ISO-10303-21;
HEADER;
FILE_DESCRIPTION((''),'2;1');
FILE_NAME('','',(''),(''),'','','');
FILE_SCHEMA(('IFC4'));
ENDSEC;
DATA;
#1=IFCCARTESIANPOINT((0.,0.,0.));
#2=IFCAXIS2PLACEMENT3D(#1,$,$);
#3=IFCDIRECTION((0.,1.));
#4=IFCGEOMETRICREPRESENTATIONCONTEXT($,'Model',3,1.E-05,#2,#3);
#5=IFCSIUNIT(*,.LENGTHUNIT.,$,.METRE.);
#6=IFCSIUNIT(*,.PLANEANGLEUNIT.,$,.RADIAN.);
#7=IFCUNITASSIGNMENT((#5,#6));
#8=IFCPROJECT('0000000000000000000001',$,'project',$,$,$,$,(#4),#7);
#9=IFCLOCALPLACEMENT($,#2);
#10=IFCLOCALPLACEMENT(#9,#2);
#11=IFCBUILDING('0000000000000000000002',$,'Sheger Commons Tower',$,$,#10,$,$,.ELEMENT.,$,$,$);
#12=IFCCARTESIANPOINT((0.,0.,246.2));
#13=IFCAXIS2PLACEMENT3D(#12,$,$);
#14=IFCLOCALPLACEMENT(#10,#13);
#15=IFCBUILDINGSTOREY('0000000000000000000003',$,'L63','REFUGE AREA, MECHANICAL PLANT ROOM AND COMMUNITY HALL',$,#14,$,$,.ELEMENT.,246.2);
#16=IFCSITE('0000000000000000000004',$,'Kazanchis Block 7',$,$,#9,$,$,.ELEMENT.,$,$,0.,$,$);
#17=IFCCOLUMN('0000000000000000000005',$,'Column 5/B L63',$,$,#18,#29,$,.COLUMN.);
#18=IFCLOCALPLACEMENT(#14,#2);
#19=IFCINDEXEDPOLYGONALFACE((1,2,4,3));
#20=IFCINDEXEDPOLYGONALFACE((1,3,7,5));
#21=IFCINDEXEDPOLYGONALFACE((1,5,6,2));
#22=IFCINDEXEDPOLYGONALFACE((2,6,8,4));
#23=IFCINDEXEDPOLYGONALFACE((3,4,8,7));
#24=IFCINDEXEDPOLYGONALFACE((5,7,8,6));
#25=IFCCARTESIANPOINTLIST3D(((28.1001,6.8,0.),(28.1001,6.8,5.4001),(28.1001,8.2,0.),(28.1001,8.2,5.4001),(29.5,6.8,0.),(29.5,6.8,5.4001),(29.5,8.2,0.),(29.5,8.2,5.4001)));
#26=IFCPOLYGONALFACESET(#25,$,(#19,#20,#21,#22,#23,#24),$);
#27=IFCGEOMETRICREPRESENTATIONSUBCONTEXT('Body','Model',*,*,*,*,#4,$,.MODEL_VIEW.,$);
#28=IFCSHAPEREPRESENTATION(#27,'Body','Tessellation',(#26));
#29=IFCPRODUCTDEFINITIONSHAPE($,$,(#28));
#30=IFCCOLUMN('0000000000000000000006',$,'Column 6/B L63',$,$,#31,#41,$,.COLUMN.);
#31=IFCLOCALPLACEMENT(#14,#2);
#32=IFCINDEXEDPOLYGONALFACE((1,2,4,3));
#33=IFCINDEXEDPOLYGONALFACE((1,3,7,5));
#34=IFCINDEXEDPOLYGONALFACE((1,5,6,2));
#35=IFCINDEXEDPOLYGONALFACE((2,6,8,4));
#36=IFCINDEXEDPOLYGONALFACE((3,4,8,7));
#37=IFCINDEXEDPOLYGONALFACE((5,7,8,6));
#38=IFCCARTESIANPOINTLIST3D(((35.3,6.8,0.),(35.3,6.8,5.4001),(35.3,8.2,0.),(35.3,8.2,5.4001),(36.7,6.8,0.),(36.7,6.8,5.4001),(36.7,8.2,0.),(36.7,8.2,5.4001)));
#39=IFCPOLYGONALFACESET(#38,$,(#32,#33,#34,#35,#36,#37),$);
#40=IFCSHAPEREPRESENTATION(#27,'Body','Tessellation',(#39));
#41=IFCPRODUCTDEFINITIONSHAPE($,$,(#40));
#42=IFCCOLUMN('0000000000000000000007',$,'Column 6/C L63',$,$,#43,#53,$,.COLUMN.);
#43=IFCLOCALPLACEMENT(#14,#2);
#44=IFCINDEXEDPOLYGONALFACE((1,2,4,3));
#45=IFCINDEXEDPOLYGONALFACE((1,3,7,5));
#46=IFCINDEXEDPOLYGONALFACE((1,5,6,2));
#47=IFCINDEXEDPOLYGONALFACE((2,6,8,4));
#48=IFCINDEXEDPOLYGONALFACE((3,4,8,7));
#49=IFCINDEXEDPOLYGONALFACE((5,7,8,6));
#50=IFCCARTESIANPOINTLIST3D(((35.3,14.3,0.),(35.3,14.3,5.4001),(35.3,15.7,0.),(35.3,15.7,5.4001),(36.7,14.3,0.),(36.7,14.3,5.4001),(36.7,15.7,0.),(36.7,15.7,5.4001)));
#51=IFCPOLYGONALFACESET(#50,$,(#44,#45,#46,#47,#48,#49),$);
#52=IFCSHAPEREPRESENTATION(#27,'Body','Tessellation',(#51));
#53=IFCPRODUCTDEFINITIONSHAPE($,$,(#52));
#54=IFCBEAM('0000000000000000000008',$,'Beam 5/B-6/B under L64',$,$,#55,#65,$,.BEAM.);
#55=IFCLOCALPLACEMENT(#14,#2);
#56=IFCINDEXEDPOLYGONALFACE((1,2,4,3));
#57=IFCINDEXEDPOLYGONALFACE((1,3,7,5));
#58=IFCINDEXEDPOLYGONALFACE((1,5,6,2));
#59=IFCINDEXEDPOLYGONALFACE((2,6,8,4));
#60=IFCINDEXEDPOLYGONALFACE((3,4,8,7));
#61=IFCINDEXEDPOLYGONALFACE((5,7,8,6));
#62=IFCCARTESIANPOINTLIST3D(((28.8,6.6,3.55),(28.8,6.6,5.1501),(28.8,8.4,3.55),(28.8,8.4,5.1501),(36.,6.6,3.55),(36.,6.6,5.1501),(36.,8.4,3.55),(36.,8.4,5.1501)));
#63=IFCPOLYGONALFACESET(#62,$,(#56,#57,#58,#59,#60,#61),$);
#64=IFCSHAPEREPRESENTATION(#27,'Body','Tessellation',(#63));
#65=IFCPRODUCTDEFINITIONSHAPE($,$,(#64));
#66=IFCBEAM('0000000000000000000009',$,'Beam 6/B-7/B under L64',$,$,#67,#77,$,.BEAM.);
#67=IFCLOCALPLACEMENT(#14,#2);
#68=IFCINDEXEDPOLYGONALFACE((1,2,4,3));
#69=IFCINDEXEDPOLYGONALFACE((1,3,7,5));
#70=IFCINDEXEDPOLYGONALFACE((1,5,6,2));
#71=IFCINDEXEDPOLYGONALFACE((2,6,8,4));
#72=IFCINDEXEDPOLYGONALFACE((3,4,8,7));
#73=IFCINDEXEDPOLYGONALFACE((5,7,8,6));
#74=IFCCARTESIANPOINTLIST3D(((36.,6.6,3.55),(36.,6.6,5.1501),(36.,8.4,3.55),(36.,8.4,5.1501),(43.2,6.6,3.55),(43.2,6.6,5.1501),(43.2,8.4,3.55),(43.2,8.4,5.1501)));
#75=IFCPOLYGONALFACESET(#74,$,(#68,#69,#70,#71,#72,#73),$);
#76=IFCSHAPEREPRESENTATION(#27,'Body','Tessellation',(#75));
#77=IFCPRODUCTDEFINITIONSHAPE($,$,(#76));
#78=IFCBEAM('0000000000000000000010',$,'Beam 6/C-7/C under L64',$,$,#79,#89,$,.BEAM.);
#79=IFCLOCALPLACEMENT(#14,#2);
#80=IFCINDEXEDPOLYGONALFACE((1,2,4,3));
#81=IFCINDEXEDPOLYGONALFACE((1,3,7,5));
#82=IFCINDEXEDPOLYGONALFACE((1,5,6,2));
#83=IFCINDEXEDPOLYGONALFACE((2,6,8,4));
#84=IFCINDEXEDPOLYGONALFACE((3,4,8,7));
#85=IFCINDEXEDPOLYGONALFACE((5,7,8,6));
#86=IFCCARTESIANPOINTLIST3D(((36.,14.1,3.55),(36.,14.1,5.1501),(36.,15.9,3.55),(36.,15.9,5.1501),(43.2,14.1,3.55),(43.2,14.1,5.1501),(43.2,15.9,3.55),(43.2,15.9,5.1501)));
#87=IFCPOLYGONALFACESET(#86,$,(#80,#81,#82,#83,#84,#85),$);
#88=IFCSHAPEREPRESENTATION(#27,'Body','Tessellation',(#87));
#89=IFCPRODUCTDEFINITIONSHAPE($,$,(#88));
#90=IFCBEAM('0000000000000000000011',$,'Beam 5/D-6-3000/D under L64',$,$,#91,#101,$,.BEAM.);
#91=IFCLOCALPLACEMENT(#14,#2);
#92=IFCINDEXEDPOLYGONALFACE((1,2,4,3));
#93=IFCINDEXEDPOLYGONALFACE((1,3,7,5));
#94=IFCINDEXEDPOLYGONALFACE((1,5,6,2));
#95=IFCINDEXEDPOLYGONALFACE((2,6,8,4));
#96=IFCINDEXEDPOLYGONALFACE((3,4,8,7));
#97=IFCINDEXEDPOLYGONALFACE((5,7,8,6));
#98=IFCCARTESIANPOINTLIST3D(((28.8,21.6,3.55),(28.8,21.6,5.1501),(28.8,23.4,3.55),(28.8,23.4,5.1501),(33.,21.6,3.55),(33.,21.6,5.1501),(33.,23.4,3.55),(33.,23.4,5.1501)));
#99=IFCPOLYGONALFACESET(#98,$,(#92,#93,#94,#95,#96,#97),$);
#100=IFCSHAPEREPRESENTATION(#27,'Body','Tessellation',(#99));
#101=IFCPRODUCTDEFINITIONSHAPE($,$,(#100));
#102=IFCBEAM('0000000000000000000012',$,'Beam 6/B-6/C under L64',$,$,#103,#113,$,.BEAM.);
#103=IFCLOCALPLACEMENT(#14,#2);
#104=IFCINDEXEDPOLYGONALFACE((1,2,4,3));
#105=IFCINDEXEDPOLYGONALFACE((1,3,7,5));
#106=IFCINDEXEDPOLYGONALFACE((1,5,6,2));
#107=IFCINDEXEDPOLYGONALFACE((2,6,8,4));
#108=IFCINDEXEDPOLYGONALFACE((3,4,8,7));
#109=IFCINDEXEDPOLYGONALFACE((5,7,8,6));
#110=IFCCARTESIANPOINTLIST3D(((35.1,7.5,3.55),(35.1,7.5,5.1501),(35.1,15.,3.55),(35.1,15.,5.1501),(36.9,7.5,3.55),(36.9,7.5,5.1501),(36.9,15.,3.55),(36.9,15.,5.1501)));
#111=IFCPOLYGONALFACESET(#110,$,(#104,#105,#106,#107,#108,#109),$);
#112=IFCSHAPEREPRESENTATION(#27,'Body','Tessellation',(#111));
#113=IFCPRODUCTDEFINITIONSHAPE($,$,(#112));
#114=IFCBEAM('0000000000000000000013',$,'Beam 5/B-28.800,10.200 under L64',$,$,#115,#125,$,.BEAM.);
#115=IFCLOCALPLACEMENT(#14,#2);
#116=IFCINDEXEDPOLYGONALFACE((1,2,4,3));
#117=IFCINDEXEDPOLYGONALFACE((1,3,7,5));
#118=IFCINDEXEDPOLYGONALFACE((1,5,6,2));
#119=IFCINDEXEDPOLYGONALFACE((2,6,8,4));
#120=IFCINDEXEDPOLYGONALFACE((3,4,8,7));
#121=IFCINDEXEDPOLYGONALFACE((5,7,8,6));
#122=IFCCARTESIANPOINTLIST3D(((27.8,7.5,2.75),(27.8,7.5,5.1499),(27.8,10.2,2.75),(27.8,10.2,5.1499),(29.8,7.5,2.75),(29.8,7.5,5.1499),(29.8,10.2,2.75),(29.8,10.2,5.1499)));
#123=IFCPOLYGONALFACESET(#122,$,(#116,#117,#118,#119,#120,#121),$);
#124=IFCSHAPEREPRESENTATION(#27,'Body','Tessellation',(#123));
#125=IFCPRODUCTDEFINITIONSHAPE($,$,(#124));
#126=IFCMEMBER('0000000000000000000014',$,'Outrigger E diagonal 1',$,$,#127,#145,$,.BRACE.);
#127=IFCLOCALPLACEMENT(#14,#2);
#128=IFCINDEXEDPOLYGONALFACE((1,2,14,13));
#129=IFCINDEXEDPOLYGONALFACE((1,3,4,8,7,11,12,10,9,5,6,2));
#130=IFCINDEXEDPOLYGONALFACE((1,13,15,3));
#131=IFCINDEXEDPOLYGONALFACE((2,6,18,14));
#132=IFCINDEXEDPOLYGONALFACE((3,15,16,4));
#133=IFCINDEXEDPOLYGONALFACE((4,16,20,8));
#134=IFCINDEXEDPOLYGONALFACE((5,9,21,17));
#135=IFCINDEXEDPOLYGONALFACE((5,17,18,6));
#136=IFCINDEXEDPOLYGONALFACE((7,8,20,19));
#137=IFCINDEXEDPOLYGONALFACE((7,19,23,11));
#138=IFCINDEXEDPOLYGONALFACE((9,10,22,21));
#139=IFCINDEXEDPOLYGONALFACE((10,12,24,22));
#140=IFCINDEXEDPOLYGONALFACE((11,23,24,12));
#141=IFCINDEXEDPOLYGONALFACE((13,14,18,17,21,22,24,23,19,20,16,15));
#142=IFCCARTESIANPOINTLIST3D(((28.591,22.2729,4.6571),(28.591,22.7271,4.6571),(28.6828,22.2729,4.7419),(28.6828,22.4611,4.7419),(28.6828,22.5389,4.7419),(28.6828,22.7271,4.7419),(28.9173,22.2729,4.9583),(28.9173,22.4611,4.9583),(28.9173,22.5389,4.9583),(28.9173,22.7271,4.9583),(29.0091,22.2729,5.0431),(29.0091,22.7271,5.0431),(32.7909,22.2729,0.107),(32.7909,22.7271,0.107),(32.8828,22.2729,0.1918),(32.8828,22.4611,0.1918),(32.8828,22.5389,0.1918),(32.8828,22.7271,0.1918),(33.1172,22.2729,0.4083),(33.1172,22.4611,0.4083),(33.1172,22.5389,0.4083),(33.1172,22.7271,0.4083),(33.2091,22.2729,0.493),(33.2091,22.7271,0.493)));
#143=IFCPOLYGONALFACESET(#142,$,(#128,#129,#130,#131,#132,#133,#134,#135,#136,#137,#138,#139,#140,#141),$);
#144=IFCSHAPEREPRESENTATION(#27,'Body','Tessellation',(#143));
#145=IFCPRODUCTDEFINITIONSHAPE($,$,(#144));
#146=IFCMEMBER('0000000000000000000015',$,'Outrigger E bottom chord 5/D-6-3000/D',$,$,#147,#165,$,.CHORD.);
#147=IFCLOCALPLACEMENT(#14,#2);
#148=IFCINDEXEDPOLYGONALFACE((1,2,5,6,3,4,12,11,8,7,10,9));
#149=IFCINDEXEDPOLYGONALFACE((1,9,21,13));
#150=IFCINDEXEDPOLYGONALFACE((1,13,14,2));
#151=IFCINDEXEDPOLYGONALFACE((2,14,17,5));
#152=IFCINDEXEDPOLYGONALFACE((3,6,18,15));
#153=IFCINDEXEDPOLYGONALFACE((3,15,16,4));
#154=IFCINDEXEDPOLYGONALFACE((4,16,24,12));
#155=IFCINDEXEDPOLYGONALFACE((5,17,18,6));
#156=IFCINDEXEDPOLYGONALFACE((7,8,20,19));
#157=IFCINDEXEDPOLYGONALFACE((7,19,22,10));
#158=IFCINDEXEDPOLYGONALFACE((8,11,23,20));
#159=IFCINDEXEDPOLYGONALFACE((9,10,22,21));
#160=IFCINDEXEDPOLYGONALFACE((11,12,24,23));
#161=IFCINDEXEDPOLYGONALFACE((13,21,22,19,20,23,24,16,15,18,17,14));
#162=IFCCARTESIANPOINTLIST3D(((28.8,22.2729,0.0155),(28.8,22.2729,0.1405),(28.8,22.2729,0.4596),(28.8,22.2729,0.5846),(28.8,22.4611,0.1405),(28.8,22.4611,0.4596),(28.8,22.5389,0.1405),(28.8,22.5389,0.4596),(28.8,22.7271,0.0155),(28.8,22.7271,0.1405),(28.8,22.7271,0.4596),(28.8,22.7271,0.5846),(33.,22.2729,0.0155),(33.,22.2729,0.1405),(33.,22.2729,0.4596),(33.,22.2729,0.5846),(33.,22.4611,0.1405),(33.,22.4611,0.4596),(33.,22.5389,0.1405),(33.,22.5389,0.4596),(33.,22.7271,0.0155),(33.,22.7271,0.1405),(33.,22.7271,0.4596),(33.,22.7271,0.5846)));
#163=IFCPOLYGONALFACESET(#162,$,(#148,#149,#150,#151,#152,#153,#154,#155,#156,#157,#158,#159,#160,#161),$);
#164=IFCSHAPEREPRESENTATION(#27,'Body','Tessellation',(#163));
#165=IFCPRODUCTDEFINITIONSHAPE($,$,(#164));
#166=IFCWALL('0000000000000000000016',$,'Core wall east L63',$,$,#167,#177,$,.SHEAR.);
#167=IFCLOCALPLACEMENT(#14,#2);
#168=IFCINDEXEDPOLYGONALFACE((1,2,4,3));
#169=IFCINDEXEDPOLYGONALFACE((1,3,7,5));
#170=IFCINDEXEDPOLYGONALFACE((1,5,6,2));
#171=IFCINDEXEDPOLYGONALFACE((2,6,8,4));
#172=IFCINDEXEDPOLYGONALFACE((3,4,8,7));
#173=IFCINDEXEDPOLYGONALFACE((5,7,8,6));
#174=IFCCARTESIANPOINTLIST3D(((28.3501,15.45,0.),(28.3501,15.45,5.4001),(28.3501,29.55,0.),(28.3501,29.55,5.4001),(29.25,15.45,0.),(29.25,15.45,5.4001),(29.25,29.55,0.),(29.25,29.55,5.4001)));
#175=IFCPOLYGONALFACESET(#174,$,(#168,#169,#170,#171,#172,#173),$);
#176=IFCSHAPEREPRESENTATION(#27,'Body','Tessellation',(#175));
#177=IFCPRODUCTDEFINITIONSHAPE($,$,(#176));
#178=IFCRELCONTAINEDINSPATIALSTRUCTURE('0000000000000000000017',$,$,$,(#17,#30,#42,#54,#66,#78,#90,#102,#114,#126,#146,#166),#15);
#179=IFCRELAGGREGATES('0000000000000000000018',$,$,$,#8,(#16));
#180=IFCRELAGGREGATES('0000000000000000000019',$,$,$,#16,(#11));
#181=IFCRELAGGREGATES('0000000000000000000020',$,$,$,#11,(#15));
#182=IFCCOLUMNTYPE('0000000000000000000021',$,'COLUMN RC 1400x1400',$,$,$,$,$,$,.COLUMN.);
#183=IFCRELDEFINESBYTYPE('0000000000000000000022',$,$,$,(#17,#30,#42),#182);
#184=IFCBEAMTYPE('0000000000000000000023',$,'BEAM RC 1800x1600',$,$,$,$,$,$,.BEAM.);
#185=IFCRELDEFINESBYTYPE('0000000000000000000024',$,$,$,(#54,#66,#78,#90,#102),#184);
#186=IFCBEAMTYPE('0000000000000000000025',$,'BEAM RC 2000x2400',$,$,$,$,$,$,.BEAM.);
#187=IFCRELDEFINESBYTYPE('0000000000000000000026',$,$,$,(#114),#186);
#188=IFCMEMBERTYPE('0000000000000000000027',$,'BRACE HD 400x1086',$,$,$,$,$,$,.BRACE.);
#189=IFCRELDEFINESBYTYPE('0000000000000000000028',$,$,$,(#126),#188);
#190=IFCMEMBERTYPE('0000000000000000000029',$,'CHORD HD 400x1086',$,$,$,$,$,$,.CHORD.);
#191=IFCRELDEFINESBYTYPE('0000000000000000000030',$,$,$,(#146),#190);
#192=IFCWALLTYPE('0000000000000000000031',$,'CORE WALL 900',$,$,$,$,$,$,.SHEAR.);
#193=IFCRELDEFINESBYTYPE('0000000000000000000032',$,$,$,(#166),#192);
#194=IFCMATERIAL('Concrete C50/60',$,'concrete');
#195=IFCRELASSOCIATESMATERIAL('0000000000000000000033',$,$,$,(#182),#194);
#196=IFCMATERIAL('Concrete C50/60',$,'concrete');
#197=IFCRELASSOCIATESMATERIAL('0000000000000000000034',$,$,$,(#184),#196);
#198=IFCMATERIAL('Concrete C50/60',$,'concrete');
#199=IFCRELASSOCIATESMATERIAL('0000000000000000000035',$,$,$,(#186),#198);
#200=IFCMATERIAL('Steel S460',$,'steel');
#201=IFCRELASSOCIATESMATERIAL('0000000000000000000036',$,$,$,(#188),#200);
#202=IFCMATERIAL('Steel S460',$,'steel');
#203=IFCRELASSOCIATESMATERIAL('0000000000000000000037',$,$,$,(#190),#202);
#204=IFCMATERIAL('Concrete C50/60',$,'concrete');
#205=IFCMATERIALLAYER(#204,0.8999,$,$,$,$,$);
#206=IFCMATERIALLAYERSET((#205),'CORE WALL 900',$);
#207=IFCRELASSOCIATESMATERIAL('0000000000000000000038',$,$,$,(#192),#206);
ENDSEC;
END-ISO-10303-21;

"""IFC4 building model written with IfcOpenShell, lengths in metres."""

from ifc_helpers import new_model, si_unit, direction, frame, frame_2d, origin, origin_2d, place, context, subcontext, project, spatial, rectangle, i_section, extrude, material, layer, layer_set, material_profile, profile_set, type_object, element, save


model = new_model("IFC4")

# Units and contexts
model_context = context("Model", 3, precision=1e-05, world=origin(), true_north=direction((0.0, 1.0)))
body_context = subcontext(model_context, "Body", "Model", "MODEL_VIEW")
ifc_project = project(units=[si_unit("LENGTHUNIT", "METRE"), si_unit("PLANEANGLEUNIT", "RADIAN")], contexts=[model_context])

# Site, building, storey
site_placement = place(None, origin())
site = spatial("IfcSite", under=ifc_project, at=site_placement, Name="Kazanchis Block 7", CompositionType="ELEMENT", RefElevation=0.0)
building_placement = place(site_placement, origin())
building = spatial("IfcBuilding", under=site, at=building_placement, Name="Sheger Commons Tower", CompositionType="ELEMENT")
storey_placement = place(building_placement, frame((0.0, 0.0, 246.2)))
storey = spatial("IfcBuildingStorey", under=building, at=storey_placement, Name="L63", Description="REFUGE AREA, MECHANICAL PLANT ROOM AND COMMUNITY HALL", CompositionType="ELEMENT", Elevation=246.2)

# Columns
ifc_material_1 = material(Name="Concrete C50/60", Category="concrete")
ifc_material_profile_1 = material_profile(ifc_material_1, rectangle(XDim=1.3999, YDim=1.3999, at=origin_2d()), Name="RC 1400x1400")
ifc_profile_set_1 = profile_set([ifc_material_profile_1], Name="Concrete C50/60")
column_type = type_object("IfcColumnType", Name="COLUMN RC 1400x1400", PredefinedType="COLUMN", material=ifc_profile_set_1)
for number, where, z_axis, x_axis, name in (
    (1, (28.8, 7.5, 0.0), (0.0, 0.0, 1.0), (1.0, 0.0, 0.0), "Column 5/B L63"),
    (2, (36.0, 7.5, 0.0), (0.0, 0.0, 1.0), (1.0, 0.0, 0.0), "Column 6/B L63"),
    (3, (36.0, 15.0, 0.0), (0.0, 0.0, 1.0), (1.0, 0.0, 0.0), "Column 6/C L63"),
):
    element("IfcColumn", number, at=place(storey_placement, frame(where, z_axis=z_axis, x_axis=x_axis)), inside=storey, type_object=column_type, Name=name, PredefinedType="COLUMN", context=body_context, shape_type="SweptSolid", body=[
        extrude(rectangle(XDim=1.3999, YDim=1.3999, at=origin_2d()), origin(), (0.0, 0.0, 1.0), 5.4001),
    ])

# Beams
ifc_material_2 = material(Name="Concrete C50/60", Category="concrete")
ifc_material_profile_2 = material_profile(ifc_material_2, rectangle(XDim=1.8, YDim=1.6001, at=origin_2d()), Name="RC 1800x1600")
ifc_profile_set_2 = profile_set([ifc_material_profile_2], Name="Concrete C50/60")
beam_type_1 = type_object("IfcBeamType", Name="BEAM RC 1800x1600", PredefinedType="BEAM", material=ifc_profile_set_2)
for number, where, z_axis, x_axis, name in (
    (4, (28.8, 7.5, 4.3501), (1.0, 0.0, 0.0), (0.0, 1.0, 0.0), "Beam 5/B-6/B under L64"),
    (5, (36.0, 7.5, 4.3501), (1.0, 0.0, 0.0), (0.0, 1.0, 0.0), "Beam 6/B-7/B under L64"),
    (6, (36.0, 15.0, 4.3501), (1.0, 0.0, 0.0), (0.0, 1.0, 0.0), "Beam 6/C-7/C under L64"),
):
    element("IfcBeam", number, at=place(storey_placement, frame(where, z_axis=z_axis, x_axis=x_axis)), inside=storey, type_object=beam_type_1, Name=name, PredefinedType="BEAM", context=body_context, shape_type="SweptSolid", body=[
        extrude(rectangle(XDim=1.8, YDim=1.6001, at=origin_2d()), origin(), (0.0, 0.0, 1.0), 7.2),
    ])
beam_1_placement = place(storey_placement, frame((28.8, 22.5, 4.3501), z_axis=(1.0, 0.0, 0.0), x_axis=(0.0, 1.0, 0.0)))
element("IfcBeam", 7, at=beam_1_placement, inside=storey, type_object=beam_type_1, Name="Beam 5/D-6-3000/D under L64", PredefinedType="BEAM", context=body_context, shape_type="SweptSolid", body=[
    extrude(rectangle(XDim=1.8, YDim=1.6001, at=origin_2d()), origin(), (0.0, 0.0, 1.0), 4.2),
])
beam_2_placement = place(storey_placement, frame((36.0, 7.5, 4.3501), z_axis=(0.0, 1.0, 0.0), x_axis=(-1.0, 0.0, 0.0)))
element("IfcBeam", 8, at=beam_2_placement, inside=storey, type_object=beam_type_1, Name="Beam 6/B-6/C under L64", PredefinedType="BEAM", context=body_context, shape_type="SweptSolid", body=[
    extrude(rectangle(XDim=1.8, YDim=1.6001, at=origin_2d()), origin(), (0.0, 0.0, 1.0), 7.5),
])
ifc_material_3 = material(Name="Concrete C50/60", Category="concrete")
ifc_material_profile_3 = material_profile(ifc_material_3, rectangle(XDim=2.0, YDim=2.3999, at=origin_2d()), Name="RC 2000x2400")
ifc_profile_set_3 = profile_set([ifc_material_profile_3], Name="Concrete C50/60")
beam_type_2 = type_object("IfcBeamType", Name="BEAM RC 2000x2400", PredefinedType="BEAM", material=ifc_profile_set_3)
beam_3_placement = place(storey_placement, frame((28.8, 7.5, 3.95), z_axis=(0.0, 1.0, 0.0), x_axis=(-1.0, 0.0, 0.0)))
element("IfcBeam", 9, at=beam_3_placement, inside=storey, type_object=beam_type_2, Name="Beam 5/B-28.800,10.200 under L64", PredefinedType="BEAM", context=body_context, shape_type="SweptSolid", body=[
    extrude(rectangle(XDim=2.0, YDim=2.3999, at=origin_2d()), origin(), (0.0, 0.0, 1.0), 2.7),
])

# Members
ifc_material_4 = material(Name="Steel S460", Category="steel")
ifc_material_profile_4 = material_profile(ifc_material_4, i_section(OverallWidth=0.4541, OverallDepth=0.5691, WebThickness=0.0779, FlangeThickness=0.125, at=origin_2d()), Name="HD 400x1086")
ifc_profile_set_4 = profile_set([ifc_material_profile_4], Name="Steel S460")
member_type_1 = type_object("IfcMemberType", Name="BRACE HD 400x1086", PredefinedType="BRACE", material=ifc_profile_set_4)
member_1_placement = place(storey_placement, frame((28.8, 22.5, 4.8501), z_axis=(0.678272, 0.0, -0.734811), x_axis=(0.0, 1.0, 0.0)))
element("IfcMember", 10, at=member_1_placement, inside=storey, type_object=member_type_1, Name="Outrigger E diagonal 1", PredefinedType="BRACE", context=body_context, shape_type="SweptSolid", body=[
    extrude(i_section(OverallWidth=0.4541, OverallDepth=0.5691, WebThickness=0.0779, FlangeThickness=0.125, at=origin_2d()), origin(), (0.0, 0.0, 1.0), 6.1921),
])
ifc_material_5 = material(Name="Steel S460", Category="steel")
ifc_material_profile_5 = material_profile(ifc_material_5, i_section(OverallWidth=0.4541, OverallDepth=0.5691, WebThickness=0.0779, FlangeThickness=0.125, at=origin_2d()), Name="HD 400x1086")
ifc_profile_set_5 = profile_set([ifc_material_profile_5], Name="Steel S460")
member_type_2 = type_object("IfcMemberType", Name="CHORD HD 400x1086", PredefinedType="CHORD", material=ifc_profile_set_5)
member_2_placement = place(storey_placement, frame((28.8, 22.5, 0.3), z_axis=(1.0, 0.0, 0.0), x_axis=(0.0, 1.0, 0.0)))
element("IfcMember", 11, at=member_2_placement, inside=storey, type_object=member_type_2, Name="Outrigger E bottom chord 5/D-6-3000/D", PredefinedType="CHORD", context=body_context, shape_type="SweptSolid", body=[
    extrude(i_section(OverallWidth=0.4541, OverallDepth=0.5691, WebThickness=0.0779, FlangeThickness=0.125, at=origin_2d()), origin(), (0.0, 0.0, 1.0), 4.2),
])

# Wall
ifc_material_6 = material(Name="Concrete C50/60", Category="concrete")
ifc_layer_1 = layer(ifc_material_6, 0.8999)
ifc_layer_set_1 = layer_set([ifc_layer_1], Name="CORE WALL 900")
wall_type_1 = type_object("IfcWallType", Name="CORE WALL 900", PredefinedType="SHEAR", material=ifc_layer_set_1)
wall_1_placement = place(storey_placement, frame((28.8, 15.45, 0.0), z_axis=(0.0, 0.0, 1.0), x_axis=(0.0, 1.0, 0.0)))
element("IfcWall", 12, at=wall_1_placement, inside=storey, type_object=wall_type_1, Name="Core wall east L63", PredefinedType="SHEAR", context=body_context, shape_type="SweptSolid", body=[
    extrude(rectangle(XDim=14.1001, YDim=0.8999, at=frame_2d((7.05, 0.0))), origin(), (0.0, 0.0, 1.0), 5.4001),
])

save(model, "model.ifc")
